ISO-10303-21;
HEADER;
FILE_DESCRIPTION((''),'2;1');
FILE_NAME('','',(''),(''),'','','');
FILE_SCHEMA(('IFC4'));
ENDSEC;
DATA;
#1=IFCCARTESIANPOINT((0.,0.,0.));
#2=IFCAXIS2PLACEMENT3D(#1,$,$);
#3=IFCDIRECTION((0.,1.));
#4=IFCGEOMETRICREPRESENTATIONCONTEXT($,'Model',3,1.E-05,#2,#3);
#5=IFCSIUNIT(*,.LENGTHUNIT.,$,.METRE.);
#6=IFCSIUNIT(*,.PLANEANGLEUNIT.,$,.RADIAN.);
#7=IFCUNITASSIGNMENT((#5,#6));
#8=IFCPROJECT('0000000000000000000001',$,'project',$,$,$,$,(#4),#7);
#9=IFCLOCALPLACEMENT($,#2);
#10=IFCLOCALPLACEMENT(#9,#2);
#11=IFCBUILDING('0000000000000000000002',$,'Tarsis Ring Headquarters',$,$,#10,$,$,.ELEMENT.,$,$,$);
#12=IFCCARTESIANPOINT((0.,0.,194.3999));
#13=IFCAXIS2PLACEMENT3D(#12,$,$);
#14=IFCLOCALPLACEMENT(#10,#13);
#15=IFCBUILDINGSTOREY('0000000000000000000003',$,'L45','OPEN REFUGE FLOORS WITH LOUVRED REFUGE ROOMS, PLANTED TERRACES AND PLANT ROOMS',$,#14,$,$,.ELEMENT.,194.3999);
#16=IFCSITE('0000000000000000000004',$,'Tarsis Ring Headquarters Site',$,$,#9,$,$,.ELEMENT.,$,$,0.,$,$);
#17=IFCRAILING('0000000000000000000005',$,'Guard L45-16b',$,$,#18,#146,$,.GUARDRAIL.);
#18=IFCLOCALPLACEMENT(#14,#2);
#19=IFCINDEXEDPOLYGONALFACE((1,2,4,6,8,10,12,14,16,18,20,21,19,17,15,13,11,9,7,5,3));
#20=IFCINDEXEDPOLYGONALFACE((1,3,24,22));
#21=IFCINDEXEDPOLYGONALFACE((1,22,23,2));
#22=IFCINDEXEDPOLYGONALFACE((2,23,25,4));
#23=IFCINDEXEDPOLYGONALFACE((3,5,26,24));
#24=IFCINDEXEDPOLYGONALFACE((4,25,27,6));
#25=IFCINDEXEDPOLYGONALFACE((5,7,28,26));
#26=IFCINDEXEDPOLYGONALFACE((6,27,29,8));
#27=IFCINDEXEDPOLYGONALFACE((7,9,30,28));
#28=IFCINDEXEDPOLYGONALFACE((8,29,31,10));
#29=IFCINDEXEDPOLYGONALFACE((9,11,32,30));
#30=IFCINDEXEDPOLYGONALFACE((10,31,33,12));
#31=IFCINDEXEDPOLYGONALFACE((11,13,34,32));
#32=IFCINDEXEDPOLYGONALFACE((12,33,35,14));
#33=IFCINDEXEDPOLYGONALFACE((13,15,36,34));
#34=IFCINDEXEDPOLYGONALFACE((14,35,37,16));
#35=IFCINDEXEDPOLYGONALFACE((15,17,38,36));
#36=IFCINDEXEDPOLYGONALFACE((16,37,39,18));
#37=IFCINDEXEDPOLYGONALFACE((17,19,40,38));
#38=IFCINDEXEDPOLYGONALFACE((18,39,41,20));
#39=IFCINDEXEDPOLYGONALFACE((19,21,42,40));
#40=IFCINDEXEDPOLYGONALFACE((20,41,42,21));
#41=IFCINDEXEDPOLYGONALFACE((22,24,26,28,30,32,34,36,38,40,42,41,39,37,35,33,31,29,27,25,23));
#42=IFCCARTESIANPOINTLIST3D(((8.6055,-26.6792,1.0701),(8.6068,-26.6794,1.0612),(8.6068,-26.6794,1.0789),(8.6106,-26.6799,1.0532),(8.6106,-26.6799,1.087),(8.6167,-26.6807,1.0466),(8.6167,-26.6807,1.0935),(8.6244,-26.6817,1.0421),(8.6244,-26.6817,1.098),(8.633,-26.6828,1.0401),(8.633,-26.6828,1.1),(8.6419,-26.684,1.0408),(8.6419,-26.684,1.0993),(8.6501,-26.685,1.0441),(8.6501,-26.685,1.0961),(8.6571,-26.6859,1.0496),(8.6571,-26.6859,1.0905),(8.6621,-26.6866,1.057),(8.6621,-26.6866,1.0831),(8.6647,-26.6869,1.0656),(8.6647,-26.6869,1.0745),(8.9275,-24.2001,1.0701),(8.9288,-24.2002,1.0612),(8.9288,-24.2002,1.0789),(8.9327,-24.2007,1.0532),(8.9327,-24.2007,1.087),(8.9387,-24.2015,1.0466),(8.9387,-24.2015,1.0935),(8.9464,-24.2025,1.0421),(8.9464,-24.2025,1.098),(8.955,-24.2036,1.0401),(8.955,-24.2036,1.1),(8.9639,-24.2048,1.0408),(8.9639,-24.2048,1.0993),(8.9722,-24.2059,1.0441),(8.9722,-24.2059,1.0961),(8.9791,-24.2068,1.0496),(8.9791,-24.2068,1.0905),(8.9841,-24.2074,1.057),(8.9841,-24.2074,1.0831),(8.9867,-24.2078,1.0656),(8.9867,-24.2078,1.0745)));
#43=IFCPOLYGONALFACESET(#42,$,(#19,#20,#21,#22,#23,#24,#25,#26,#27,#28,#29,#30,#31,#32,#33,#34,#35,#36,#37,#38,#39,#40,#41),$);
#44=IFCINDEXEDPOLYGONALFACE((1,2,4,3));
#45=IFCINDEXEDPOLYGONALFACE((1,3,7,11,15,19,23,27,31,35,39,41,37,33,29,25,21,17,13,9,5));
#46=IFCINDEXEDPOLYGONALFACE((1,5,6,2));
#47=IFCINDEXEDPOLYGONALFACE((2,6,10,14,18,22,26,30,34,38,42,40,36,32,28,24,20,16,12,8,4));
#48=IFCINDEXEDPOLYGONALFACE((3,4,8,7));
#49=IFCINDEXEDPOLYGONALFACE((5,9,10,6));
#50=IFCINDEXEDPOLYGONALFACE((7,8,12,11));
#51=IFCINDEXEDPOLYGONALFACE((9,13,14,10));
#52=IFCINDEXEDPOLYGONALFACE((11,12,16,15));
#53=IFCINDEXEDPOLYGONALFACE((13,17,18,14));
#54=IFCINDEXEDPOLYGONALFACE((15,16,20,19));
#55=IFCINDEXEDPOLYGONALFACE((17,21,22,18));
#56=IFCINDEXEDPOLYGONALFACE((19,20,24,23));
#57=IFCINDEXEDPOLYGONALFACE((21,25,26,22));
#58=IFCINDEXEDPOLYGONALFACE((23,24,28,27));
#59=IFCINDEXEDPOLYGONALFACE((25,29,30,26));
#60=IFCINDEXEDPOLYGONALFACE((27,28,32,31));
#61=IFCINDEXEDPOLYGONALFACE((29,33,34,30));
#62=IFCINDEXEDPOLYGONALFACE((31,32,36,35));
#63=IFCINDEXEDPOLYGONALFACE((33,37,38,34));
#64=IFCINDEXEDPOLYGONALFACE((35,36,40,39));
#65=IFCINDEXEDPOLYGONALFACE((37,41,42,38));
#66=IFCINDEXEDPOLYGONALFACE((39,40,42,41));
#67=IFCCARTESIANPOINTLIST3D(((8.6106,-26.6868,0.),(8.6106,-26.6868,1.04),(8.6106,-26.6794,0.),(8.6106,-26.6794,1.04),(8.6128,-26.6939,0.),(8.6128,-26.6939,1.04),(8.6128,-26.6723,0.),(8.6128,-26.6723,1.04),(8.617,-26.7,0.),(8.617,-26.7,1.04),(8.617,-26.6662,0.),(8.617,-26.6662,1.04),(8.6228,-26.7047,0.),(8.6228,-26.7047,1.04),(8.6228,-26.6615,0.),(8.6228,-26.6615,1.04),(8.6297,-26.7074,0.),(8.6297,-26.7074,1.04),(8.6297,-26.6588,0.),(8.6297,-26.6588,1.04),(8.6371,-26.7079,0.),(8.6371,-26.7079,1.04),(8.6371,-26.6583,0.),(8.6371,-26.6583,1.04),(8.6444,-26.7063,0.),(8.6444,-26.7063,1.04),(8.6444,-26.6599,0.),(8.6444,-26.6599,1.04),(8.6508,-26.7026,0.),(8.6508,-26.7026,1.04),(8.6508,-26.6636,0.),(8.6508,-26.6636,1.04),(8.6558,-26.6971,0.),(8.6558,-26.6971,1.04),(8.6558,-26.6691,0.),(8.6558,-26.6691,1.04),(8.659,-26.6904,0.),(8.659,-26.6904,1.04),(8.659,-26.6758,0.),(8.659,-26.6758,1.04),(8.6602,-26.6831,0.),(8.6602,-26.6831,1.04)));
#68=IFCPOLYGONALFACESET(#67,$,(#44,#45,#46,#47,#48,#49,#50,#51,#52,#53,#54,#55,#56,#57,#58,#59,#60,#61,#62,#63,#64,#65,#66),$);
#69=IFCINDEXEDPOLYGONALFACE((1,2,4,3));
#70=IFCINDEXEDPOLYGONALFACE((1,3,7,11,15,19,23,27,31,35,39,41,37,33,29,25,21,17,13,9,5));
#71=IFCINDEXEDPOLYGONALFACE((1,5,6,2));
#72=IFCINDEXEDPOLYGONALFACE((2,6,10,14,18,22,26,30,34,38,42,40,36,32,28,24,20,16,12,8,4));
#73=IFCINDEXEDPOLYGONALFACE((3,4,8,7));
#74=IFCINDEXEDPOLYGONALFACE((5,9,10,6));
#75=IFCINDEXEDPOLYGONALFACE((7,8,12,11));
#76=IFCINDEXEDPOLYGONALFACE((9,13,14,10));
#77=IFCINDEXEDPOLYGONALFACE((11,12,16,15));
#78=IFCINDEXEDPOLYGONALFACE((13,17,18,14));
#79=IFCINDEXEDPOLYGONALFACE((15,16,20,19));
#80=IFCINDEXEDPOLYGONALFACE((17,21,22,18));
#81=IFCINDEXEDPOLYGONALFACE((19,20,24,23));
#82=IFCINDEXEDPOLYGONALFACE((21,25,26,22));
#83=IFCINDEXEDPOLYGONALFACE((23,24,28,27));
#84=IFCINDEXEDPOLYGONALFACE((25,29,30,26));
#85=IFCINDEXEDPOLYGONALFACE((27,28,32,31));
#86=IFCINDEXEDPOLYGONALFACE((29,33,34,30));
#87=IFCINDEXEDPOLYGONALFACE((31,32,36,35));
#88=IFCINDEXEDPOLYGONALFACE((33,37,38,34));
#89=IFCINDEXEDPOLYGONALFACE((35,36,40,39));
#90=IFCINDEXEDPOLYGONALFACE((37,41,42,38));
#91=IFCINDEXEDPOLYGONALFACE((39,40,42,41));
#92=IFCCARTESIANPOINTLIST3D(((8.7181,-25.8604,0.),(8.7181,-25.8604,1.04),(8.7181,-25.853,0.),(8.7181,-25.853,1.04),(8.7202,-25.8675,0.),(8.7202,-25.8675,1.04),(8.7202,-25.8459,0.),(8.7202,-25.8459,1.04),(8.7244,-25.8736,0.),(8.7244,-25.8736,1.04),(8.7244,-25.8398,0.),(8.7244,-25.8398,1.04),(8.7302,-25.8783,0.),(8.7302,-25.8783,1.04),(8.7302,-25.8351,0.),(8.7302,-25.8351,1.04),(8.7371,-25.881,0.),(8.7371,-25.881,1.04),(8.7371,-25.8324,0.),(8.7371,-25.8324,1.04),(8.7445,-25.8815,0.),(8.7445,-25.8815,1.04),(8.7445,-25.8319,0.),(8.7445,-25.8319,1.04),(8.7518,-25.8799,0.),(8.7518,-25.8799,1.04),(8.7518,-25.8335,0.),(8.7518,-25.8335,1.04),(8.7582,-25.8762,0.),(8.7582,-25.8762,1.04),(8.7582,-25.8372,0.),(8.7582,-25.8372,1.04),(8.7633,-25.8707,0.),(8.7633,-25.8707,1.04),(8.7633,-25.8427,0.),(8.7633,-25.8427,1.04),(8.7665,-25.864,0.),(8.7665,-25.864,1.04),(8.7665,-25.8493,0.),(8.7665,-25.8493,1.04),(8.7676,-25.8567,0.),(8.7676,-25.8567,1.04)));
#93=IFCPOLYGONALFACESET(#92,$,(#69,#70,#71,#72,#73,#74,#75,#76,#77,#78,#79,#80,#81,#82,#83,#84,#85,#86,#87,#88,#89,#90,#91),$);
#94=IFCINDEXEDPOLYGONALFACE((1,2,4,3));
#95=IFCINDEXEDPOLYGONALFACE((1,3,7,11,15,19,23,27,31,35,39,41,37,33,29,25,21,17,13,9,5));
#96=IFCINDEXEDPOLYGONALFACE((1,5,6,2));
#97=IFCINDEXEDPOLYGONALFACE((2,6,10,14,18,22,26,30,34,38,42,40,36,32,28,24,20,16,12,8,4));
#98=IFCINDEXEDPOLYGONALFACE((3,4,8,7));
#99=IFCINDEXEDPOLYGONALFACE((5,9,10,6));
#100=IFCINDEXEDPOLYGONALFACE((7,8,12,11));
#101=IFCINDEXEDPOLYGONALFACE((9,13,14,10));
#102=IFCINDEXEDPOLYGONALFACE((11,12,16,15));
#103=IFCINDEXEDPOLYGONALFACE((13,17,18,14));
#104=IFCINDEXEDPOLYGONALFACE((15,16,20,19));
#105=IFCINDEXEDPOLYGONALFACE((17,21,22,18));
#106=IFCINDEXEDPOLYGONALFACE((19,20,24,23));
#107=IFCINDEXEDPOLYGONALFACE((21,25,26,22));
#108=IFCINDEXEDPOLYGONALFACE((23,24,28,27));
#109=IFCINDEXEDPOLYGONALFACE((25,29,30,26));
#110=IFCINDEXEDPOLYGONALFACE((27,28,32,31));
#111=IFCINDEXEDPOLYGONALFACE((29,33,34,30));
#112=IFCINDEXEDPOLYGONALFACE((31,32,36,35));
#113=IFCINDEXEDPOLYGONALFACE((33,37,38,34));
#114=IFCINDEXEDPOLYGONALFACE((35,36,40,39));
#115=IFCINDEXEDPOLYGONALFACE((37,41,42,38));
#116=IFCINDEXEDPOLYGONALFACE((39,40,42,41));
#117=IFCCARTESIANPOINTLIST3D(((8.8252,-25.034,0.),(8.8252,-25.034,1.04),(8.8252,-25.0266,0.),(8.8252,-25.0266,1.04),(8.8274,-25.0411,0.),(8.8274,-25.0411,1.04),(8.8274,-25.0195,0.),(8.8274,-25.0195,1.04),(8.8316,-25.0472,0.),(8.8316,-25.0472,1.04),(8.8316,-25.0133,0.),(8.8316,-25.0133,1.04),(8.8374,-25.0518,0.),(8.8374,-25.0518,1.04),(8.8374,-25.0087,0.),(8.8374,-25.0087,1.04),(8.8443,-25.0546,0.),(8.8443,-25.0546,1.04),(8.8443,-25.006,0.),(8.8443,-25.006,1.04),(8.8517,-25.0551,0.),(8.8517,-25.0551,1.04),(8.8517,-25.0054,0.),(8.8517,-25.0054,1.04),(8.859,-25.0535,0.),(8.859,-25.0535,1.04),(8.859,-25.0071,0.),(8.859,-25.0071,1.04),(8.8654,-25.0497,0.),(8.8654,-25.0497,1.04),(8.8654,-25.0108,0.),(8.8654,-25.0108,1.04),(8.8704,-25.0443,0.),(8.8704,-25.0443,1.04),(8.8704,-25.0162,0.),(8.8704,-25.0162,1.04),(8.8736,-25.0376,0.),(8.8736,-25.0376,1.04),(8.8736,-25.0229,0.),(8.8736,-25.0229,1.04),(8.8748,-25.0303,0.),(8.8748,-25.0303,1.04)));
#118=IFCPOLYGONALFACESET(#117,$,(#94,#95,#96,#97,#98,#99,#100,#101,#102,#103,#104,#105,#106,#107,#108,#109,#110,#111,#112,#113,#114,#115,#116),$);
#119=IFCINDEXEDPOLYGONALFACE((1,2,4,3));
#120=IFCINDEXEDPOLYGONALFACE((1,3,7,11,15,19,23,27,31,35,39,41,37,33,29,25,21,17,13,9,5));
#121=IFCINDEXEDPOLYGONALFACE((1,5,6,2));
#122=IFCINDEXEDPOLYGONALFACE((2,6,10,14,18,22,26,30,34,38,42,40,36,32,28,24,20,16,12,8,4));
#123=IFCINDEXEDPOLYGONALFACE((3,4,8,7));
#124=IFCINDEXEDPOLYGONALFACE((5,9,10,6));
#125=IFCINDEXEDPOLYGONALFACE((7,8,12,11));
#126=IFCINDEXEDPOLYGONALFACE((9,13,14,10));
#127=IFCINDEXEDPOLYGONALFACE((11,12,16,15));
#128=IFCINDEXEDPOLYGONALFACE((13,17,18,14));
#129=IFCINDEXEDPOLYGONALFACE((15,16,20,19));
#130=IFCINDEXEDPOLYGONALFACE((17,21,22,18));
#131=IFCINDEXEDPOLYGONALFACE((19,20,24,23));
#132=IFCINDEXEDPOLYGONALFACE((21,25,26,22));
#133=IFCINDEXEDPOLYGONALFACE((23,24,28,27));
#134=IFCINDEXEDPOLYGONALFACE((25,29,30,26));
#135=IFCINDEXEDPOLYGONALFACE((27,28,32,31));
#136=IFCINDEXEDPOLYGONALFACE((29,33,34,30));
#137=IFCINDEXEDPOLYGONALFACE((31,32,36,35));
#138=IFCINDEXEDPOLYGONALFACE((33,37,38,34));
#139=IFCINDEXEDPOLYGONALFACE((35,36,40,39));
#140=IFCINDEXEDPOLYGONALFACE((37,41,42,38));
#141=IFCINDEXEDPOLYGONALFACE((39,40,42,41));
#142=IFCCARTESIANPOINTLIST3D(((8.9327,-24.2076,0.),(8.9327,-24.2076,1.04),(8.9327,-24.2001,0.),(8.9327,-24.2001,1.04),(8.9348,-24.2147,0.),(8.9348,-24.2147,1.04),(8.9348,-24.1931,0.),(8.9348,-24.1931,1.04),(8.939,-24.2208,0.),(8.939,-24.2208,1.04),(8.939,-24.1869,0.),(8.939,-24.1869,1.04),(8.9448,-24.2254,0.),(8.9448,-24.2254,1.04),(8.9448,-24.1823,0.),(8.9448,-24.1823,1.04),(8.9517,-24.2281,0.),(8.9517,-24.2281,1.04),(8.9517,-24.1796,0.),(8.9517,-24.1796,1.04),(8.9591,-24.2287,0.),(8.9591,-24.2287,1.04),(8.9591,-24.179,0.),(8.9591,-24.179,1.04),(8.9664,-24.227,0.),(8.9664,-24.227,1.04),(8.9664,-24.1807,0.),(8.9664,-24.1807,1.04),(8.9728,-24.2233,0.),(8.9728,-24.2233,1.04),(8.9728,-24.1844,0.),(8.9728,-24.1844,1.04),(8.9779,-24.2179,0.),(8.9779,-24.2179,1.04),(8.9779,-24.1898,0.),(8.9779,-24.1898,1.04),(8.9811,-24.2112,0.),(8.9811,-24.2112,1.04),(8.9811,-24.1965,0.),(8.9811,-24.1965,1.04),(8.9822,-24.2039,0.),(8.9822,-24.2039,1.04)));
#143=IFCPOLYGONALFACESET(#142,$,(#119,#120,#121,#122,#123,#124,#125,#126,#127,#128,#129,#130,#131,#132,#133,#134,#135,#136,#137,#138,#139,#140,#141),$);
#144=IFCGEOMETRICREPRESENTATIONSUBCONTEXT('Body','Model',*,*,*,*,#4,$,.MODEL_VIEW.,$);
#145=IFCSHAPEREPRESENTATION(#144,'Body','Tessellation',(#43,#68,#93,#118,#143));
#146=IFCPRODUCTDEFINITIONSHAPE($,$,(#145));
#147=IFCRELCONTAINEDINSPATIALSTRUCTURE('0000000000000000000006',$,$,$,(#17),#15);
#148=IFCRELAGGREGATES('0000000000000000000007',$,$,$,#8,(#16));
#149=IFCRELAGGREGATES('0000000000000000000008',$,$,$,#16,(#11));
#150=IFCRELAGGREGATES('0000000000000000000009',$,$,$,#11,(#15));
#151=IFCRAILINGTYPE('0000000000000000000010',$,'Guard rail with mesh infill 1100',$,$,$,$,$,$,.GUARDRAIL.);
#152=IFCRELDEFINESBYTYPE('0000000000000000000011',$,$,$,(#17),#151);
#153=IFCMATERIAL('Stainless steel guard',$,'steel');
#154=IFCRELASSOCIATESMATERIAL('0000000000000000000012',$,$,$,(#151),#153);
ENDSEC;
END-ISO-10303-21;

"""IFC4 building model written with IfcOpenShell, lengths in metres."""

from ifc_helpers import new_model, si_unit, direction, frame, origin, origin_2d, place, context, subcontext, project, spatial, circle, extrude, material, type_object, element, save


model = new_model("IFC4")

# Units and contexts
model_context = context("Model", 3, precision=1e-05, world=origin(), true_north=direction((0.0, 1.0)))
body_context = subcontext(model_context, "Body", "Model", "MODEL_VIEW")
ifc_project = project(units=[si_unit("LENGTHUNIT", "METRE"), si_unit("PLANEANGLEUNIT", "RADIAN")], contexts=[model_context])

# Site, building, storey
site_placement = place(None, origin())
site = spatial("IfcSite", under=ifc_project, at=site_placement, Name="Tarsis Ring Headquarters Site", CompositionType="ELEMENT", RefElevation=0.0)
building_placement = place(site_placement, origin())
building = spatial("IfcBuilding", under=site, at=building_placement, Name="Tarsis Ring Headquarters", CompositionType="ELEMENT")
storey_placement = place(building_placement, frame((0.0, 0.0, 194.3999)))
storey = spatial("IfcBuildingStorey", under=building, at=storey_placement, Name="L45", Description="OPEN REFUGE FLOORS WITH LOUVRED REFUGE ROOMS, PLANTED TERRACES AND PLANT ROOMS", CompositionType="ELEMENT", Elevation=194.3999)

# Railing
ifc_material_1 = material(Name="Stainless steel guard", Category="steel")
railing_type = type_object("IfcRailingType", Name="Guard rail with mesh infill 1100", PredefinedType="GUARDRAIL", material=ifc_material_1)
railing_1_placement = place(storey_placement, frame((8.6353, -26.6831, 0.0)))
element("IfcRailing", 1, at=railing_1_placement, inside=storey, type_object=railing_type, Name="Guard L45-16b", PredefinedType="GUARDRAIL", context=body_context, shape_type="SweptSolid", body=[
    extrude(circle(Radius=0.03, at=origin_2d()), frame((0.0, 0.0, 1.0701), z_axis=(0.128805, 0.99167, 0.0), x_axis=(-0.99167, 0.128805, 0.0)), (0.0, 0.0, 1.0), 2.5),
    extrude(circle(Radius=0.0249, at=origin_2d()), origin(), (0.0, 0.0, 1.0), 1.04),
    extrude(circle(Radius=0.0249, at=origin_2d()), frame((0.1074, 0.8264, 0.0)), (0.0, 0.0, 1.0), 1.04),
    extrude(circle(Radius=0.0249, at=origin_2d()), frame((0.2146, 1.6528, 0.0)), (0.0, 0.0, 1.0), 1.04),
    extrude(circle(Radius=0.0249, at=origin_2d()), frame((0.322, 2.4792, 0.0)), (0.0, 0.0, 1.0), 1.04),
])

save(model, "model.ifc")
